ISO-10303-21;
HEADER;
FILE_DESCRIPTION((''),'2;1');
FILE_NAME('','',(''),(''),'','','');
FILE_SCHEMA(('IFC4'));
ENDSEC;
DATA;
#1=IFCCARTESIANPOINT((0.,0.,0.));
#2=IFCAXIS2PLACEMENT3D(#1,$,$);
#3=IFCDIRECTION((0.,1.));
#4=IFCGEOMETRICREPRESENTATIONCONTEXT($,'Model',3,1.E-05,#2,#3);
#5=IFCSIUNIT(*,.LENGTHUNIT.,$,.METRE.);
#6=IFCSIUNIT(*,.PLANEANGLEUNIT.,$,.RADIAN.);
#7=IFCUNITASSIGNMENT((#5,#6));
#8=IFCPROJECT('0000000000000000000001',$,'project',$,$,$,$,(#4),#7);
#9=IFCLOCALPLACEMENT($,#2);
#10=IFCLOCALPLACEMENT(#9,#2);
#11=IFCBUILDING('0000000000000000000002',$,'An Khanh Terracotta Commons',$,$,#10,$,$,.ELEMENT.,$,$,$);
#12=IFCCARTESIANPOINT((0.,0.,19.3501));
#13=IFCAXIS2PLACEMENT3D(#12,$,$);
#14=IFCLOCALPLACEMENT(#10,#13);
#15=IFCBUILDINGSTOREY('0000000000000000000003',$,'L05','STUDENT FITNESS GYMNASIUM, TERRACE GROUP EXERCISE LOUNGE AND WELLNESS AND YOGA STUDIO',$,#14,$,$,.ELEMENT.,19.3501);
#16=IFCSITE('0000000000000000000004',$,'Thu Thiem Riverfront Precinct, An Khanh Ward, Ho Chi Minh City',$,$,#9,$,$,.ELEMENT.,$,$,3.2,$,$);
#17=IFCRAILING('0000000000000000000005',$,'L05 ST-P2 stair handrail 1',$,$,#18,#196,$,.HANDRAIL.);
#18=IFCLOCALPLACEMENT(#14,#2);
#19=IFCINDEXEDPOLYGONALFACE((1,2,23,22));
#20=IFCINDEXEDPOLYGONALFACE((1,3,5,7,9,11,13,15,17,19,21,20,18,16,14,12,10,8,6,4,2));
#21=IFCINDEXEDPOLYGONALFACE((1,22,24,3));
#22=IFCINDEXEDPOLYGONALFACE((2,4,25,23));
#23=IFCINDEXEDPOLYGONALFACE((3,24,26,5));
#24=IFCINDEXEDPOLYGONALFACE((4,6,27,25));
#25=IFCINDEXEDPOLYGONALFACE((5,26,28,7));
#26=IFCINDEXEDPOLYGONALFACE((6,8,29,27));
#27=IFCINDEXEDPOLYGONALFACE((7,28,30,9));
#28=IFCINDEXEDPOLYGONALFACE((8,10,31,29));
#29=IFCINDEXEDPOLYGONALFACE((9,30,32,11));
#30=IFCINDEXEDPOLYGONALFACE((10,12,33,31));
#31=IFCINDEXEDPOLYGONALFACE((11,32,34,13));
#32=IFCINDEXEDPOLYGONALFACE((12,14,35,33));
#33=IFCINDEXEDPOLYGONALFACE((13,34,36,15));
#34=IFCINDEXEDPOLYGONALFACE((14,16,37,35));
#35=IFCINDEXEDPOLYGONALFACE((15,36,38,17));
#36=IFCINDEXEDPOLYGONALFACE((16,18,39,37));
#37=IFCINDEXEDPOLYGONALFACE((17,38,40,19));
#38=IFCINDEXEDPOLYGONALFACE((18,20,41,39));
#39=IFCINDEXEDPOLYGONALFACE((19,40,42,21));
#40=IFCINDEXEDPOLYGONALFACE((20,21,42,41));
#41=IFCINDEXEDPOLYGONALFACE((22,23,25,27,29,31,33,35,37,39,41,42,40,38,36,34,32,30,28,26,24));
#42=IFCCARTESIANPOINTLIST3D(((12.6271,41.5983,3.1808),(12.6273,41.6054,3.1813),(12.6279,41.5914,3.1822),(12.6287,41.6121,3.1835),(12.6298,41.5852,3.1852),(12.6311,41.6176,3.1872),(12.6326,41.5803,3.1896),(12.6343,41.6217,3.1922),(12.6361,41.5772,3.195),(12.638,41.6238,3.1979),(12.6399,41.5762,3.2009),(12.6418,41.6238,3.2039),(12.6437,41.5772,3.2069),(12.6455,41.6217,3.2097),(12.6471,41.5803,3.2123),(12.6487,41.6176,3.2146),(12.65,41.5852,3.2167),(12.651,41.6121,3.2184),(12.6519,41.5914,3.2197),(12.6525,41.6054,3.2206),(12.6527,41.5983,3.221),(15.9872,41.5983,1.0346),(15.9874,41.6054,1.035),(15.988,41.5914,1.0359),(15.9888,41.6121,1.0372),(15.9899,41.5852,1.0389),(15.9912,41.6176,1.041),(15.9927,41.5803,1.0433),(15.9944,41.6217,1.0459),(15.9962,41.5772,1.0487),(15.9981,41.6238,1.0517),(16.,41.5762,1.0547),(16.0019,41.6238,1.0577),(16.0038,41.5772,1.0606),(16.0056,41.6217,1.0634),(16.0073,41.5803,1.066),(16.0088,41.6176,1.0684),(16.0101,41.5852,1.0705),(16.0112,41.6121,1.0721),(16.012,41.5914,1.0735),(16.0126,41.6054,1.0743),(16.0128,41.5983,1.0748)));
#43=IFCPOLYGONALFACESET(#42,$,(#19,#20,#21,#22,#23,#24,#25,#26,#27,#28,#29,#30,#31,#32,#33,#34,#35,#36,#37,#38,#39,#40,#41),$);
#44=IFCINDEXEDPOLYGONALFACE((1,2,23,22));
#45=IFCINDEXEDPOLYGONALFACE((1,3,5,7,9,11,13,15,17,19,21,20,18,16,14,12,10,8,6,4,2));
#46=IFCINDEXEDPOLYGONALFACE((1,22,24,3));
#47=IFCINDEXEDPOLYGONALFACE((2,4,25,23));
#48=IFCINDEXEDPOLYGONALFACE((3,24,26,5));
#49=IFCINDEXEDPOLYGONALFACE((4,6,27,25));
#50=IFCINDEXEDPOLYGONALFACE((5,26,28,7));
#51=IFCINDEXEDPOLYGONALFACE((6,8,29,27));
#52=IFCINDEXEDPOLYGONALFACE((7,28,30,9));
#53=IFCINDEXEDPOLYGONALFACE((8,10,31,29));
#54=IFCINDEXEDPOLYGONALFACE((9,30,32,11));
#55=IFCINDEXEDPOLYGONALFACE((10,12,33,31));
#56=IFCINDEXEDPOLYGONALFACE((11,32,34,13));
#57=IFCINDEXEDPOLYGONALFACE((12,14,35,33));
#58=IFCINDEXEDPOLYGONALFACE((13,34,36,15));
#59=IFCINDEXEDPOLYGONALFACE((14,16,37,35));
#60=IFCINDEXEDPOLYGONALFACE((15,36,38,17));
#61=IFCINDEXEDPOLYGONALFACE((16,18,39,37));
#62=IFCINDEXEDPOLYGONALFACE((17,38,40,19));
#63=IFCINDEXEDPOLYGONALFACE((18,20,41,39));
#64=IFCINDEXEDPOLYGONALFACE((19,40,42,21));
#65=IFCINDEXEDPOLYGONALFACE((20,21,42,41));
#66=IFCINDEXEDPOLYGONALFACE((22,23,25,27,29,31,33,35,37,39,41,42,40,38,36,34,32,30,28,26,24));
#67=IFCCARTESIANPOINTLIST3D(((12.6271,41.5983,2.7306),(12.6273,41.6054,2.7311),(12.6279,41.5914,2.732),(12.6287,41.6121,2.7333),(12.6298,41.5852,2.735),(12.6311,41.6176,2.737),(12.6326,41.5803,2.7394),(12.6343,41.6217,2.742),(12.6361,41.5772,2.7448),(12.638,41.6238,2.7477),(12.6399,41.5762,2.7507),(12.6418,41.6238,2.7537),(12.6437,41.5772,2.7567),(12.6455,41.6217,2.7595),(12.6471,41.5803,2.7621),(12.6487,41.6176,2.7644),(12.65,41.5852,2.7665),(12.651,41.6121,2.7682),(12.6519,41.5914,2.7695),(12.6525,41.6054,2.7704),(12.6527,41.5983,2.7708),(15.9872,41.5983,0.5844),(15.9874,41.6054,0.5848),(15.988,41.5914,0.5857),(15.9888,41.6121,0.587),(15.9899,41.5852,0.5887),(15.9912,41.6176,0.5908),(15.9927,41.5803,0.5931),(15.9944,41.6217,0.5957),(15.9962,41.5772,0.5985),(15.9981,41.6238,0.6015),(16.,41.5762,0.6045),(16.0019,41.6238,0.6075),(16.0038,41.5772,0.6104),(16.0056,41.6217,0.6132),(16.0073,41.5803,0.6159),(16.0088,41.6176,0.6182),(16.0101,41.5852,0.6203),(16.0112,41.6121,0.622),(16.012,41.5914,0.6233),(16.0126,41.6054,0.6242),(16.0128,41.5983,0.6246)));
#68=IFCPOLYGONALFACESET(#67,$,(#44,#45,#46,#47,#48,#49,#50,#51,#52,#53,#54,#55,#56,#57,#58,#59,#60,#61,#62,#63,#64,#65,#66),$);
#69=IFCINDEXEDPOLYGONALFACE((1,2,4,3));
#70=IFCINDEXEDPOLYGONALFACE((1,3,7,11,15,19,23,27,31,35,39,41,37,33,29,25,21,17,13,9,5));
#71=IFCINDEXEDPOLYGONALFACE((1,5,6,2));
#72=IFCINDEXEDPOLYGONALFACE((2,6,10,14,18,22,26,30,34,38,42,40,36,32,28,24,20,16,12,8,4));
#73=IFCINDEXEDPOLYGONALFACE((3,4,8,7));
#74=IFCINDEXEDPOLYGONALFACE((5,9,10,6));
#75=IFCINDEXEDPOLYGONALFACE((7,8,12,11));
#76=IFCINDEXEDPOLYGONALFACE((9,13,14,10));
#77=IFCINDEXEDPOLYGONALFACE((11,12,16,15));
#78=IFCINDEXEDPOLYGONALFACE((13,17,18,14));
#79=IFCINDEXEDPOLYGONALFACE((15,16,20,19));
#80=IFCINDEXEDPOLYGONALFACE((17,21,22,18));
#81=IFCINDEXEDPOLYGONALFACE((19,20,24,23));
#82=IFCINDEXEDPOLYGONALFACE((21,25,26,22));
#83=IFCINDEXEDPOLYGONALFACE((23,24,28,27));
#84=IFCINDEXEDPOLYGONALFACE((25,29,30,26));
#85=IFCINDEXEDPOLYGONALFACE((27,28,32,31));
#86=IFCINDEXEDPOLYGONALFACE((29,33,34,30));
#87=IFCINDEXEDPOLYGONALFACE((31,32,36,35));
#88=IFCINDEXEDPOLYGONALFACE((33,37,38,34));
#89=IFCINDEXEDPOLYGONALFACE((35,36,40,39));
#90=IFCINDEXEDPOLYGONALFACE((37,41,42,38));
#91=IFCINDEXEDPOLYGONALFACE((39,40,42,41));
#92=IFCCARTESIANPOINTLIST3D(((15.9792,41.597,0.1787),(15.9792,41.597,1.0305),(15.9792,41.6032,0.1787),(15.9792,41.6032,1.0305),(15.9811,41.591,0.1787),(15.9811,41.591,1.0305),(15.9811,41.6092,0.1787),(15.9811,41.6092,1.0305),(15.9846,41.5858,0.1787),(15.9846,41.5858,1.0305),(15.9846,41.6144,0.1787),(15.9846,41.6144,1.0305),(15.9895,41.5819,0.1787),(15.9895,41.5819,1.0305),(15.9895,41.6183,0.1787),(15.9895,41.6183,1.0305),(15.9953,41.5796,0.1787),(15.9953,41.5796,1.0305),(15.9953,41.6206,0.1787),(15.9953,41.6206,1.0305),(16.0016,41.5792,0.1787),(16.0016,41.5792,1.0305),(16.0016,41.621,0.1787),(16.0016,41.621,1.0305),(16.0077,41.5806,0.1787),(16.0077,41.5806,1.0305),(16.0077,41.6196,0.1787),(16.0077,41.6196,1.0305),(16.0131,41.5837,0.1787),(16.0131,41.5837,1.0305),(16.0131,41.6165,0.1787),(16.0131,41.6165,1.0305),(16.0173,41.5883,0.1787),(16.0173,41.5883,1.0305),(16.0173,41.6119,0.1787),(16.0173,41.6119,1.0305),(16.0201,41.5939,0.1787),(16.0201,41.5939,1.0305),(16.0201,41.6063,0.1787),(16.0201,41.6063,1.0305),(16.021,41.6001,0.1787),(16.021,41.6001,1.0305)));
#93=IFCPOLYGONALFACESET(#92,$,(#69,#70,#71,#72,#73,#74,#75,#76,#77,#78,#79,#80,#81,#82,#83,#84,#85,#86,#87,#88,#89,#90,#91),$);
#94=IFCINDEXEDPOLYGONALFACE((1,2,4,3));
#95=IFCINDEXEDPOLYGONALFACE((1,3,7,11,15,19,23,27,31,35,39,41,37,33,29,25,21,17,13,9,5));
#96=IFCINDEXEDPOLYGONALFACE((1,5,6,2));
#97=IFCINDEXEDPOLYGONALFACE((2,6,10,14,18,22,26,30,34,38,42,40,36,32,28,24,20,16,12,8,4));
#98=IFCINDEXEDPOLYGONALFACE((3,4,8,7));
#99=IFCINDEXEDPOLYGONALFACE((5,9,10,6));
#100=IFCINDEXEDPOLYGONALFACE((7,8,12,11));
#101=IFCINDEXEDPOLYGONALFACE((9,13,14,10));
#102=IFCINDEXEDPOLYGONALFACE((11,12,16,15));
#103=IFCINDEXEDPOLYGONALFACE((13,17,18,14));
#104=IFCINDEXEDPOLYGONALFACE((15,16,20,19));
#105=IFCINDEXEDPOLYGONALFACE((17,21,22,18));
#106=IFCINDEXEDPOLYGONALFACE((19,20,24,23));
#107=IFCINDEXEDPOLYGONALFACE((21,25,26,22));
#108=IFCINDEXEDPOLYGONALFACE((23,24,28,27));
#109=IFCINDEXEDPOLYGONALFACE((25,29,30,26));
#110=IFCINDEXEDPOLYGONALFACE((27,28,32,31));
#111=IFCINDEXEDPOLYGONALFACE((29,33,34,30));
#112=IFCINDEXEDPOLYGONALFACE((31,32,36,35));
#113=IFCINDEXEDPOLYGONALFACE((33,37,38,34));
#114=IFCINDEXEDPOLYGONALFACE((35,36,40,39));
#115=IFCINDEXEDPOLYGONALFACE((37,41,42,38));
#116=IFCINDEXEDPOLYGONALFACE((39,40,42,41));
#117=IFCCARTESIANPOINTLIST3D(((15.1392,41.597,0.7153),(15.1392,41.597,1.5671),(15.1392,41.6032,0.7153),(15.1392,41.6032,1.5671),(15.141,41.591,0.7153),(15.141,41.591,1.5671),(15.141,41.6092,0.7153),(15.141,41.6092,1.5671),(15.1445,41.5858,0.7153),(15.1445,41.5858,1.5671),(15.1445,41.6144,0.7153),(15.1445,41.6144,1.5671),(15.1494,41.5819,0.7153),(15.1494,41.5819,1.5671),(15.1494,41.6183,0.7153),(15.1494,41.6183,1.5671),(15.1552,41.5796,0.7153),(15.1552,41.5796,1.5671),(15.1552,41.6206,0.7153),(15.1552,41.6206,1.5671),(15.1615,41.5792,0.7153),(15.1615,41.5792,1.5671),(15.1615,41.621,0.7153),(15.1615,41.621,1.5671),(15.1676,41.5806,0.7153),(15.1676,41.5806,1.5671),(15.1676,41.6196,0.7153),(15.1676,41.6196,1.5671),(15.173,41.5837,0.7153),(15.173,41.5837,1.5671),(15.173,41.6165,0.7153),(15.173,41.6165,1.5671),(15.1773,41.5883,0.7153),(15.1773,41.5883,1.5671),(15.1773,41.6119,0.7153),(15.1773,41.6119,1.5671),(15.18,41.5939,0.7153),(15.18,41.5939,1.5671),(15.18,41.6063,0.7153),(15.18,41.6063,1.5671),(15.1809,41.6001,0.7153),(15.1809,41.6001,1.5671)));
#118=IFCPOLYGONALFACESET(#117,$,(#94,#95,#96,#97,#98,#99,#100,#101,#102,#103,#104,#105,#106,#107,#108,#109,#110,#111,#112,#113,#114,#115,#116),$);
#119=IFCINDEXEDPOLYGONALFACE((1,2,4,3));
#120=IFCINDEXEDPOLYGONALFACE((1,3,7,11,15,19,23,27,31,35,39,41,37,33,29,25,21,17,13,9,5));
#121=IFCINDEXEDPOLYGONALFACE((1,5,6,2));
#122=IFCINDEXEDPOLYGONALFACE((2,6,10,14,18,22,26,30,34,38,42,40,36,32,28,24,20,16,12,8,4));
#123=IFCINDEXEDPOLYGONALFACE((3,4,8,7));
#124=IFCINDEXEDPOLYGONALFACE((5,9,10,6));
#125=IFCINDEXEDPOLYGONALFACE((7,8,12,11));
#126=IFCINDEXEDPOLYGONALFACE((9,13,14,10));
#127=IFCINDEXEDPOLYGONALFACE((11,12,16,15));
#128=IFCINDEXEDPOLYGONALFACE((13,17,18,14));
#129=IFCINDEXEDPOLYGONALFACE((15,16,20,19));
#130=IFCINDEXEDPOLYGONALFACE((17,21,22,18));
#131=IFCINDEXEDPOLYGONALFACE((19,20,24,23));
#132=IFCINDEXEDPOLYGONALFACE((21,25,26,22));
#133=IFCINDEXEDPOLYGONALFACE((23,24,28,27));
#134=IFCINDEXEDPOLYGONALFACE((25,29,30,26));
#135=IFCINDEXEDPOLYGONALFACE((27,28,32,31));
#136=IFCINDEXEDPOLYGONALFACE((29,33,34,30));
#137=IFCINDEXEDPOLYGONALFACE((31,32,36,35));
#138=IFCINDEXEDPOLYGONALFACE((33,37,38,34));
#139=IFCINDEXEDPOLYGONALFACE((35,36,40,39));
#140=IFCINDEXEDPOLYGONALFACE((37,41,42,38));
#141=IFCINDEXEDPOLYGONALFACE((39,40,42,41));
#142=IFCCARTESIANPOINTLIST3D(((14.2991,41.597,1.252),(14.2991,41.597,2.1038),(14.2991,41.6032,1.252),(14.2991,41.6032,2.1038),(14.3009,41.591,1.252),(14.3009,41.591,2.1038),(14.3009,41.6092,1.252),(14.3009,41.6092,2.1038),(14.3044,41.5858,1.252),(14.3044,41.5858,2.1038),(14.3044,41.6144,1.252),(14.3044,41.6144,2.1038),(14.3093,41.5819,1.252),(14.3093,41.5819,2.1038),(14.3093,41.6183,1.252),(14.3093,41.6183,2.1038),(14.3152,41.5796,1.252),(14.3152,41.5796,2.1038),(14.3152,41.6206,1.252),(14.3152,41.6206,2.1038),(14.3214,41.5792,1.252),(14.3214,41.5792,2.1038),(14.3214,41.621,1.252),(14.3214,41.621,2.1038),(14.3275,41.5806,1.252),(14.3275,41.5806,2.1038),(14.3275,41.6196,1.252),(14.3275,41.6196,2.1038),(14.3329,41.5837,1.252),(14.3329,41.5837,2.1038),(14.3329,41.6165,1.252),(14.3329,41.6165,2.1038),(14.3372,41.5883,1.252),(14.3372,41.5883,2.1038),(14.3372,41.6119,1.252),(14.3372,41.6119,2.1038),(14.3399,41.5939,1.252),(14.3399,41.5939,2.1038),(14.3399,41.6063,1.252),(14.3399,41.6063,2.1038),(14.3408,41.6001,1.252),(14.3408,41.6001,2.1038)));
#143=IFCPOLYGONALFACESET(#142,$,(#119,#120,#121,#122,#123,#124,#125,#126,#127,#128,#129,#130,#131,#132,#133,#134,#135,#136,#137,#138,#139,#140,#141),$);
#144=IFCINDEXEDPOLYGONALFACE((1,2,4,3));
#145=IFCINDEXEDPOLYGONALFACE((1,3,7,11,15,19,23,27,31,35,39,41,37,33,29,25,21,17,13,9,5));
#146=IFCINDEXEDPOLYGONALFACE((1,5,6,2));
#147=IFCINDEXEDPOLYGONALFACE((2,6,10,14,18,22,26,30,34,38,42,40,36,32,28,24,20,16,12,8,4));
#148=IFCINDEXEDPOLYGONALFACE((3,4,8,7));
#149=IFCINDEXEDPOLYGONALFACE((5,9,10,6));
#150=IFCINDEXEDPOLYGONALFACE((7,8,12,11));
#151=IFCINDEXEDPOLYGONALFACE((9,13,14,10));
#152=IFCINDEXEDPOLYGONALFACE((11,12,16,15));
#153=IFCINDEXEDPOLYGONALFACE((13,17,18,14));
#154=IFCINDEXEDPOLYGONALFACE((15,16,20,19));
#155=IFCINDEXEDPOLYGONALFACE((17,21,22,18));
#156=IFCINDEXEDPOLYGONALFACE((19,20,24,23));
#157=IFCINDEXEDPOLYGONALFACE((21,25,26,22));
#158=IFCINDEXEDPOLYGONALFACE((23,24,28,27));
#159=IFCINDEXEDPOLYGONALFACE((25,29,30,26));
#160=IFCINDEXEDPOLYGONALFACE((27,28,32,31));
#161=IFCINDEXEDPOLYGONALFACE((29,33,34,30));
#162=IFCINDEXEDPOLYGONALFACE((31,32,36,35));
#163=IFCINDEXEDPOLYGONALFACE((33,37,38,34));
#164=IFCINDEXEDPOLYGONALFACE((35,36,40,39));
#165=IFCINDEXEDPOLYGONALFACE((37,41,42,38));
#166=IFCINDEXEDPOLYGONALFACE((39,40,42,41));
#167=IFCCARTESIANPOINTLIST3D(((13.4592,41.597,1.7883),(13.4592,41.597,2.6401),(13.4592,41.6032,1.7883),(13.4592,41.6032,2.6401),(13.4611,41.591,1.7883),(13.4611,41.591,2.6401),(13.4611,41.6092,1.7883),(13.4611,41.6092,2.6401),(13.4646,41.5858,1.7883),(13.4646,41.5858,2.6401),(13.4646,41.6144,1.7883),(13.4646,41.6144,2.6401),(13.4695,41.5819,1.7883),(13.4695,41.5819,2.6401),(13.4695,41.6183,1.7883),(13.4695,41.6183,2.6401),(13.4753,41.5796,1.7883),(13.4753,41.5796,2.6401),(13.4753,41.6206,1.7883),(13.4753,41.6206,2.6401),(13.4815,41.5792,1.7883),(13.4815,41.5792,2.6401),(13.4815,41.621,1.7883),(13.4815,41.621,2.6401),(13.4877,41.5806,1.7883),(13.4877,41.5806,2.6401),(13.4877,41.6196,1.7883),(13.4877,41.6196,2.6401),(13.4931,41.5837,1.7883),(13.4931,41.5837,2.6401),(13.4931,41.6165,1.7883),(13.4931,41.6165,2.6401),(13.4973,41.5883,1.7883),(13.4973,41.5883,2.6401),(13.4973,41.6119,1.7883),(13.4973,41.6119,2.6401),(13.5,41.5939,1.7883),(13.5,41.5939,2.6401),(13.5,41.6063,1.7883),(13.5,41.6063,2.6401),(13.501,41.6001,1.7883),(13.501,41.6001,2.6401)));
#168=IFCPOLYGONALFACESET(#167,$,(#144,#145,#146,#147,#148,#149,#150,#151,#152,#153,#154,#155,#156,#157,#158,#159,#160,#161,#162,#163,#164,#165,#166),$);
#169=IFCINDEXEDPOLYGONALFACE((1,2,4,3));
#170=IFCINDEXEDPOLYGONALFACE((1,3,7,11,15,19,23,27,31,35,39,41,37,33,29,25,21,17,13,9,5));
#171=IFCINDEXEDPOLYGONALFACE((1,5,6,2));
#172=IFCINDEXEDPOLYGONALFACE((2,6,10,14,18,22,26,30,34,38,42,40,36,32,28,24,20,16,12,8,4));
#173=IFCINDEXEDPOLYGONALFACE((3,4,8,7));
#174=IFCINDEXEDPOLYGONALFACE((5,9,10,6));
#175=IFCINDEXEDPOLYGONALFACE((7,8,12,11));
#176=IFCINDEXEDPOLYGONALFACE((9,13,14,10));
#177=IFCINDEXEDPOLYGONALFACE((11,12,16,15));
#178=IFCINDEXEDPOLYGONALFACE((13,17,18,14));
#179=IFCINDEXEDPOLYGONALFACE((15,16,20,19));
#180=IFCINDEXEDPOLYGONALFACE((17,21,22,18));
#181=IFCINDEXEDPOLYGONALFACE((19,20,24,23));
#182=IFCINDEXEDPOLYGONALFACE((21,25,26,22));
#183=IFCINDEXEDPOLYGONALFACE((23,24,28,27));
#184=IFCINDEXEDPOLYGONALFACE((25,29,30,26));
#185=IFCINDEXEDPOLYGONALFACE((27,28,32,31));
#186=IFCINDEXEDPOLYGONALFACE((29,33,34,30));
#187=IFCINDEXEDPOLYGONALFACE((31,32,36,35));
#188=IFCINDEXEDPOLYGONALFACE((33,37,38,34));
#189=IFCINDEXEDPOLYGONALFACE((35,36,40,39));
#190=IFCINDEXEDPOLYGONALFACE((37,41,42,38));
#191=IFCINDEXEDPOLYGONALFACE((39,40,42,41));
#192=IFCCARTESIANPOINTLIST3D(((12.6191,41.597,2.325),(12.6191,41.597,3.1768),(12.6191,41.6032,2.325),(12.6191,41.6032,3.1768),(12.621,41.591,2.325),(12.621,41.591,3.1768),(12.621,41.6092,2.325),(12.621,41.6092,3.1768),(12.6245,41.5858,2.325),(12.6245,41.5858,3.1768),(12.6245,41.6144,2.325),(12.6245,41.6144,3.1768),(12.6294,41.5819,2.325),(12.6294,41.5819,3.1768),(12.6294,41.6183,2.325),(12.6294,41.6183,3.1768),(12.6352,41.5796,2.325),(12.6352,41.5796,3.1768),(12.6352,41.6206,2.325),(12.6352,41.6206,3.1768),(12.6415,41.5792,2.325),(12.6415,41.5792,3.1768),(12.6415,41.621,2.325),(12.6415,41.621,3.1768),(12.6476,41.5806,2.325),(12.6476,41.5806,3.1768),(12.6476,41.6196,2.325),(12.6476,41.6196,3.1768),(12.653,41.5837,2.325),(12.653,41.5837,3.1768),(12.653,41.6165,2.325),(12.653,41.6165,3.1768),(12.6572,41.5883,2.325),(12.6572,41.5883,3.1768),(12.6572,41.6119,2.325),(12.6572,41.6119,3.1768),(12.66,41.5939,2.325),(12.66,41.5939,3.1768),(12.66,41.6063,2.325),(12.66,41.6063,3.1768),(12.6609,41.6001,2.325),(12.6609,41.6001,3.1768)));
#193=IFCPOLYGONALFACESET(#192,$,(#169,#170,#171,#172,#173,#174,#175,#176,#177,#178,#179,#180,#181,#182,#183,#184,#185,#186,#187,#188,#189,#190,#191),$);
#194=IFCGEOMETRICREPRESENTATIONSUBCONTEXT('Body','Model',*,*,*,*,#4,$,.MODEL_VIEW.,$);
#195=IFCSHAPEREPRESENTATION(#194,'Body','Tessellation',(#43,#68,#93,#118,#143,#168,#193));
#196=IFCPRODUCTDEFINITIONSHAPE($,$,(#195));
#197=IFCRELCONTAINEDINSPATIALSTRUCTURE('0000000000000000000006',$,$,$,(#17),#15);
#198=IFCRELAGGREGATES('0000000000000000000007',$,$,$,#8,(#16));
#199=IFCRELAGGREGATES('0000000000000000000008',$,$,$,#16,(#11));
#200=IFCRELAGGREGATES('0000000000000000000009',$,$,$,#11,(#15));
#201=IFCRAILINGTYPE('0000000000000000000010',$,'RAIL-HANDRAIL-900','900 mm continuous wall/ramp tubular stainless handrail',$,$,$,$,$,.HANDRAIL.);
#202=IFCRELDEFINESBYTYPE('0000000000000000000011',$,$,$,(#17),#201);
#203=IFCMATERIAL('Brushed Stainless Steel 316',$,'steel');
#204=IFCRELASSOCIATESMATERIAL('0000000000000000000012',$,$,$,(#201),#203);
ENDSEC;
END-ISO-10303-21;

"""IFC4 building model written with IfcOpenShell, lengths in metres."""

from ifc_helpers import new_model, si_unit, direction, frame, origin, origin_2d, place, context, subcontext, project, spatial, circle, extrude, material, type_object, element, save


model = new_model("IFC4")

# Units and contexts
model_context = context("Model", 3, precision=1e-05, world=origin(), true_north=direction((0.0, 1.0)))
body_context = subcontext(model_context, "Body", "Model", "MODEL_VIEW")
ifc_project = project(units=[si_unit("LENGTHUNIT", "METRE"), si_unit("PLANEANGLEUNIT", "RADIAN")], contexts=[model_context])

# Site, building, storey
site_placement = place(None, origin())
site = spatial("IfcSite", under=ifc_project, at=site_placement, Name="Thu Thiem Riverfront Precinct, An Khanh Ward, Ho Chi Minh City", CompositionType="ELEMENT", RefElevation=3.2)
building_placement = place(site_placement, origin())
building = spatial("IfcBuilding", under=site, at=building_placement, Name="An Khanh Terracotta Commons", CompositionType="ELEMENT")
storey_placement = place(building_placement, frame((0.0, 0.0, 19.3501)))
storey = spatial("IfcBuildingStorey", under=building, at=storey_placement, Name="L05", Description="STUDENT FITNESS GYMNASIUM, TERRACE GROUP EXERCISE LOUNGE AND WELLNESS AND YOGA STUDIO", CompositionType="ELEMENT", Elevation=19.3501)

# Railing
ifc_material_1 = material(Name="Brushed Stainless Steel 316", Category="steel")
railing_type_1 = type_object("IfcRailingType", Name="RAIL-HANDRAIL-900", Description="900 mm continuous wall/ramp tubular stainless handrail", PredefinedType="HANDRAIL", material=ifc_material_1)
railing_1_placement = place(storey_placement, frame((16.0, 41.6001, 0.1787)))
element("IfcRailing", 1, at=railing_1_placement, inside=storey, type_object=railing_type_1, Name="L05 ST-P2 stair handrail 1", PredefinedType="HANDRAIL", context=body_context, shape_type="SweptSolid", body=[
    extrude(circle(Radius=0.0239, at=origin_2d()), frame((0.0, 0.0, 0.876), z_axis=(-0.842753, 0.0, 0.538301), x_axis=(0.0, -1.0, 0.0)), (0.0, 0.0, 1.0), 3.9871),
    extrude(circle(Radius=0.0239, at=origin_2d()), frame((0.0, 0.0, 0.4258), z_axis=(-0.842753, 0.0, 0.538301), x_axis=(0.0, -1.0, 0.0)), (0.0, 0.0, 1.0), 3.9871),
    extrude(circle(Radius=0.021, at=origin_2d()), origin(), (0.0, 0.0, 1.0), 0.8518),
    extrude(circle(Radius=0.021, at=origin_2d()), frame((-0.8401, 0.0, 0.5366)), (0.0, 0.0, 1.0), 0.8518),
    extrude(circle(Radius=0.021, at=origin_2d()), frame((-1.6802, 0.0, 1.0732)), (0.0, 0.0, 1.0), 0.8518),
    extrude(circle(Radius=0.021, at=origin_2d()), frame((-2.52, 0.0, 1.6096)), (0.0, 0.0, 1.0), 0.8518),
    extrude(circle(Radius=0.021, at=origin_2d()), frame((-3.3601, 0.0, 2.1462)), (0.0, 0.0, 1.0), 0.8518),
])

save(model, "model.ifc")
